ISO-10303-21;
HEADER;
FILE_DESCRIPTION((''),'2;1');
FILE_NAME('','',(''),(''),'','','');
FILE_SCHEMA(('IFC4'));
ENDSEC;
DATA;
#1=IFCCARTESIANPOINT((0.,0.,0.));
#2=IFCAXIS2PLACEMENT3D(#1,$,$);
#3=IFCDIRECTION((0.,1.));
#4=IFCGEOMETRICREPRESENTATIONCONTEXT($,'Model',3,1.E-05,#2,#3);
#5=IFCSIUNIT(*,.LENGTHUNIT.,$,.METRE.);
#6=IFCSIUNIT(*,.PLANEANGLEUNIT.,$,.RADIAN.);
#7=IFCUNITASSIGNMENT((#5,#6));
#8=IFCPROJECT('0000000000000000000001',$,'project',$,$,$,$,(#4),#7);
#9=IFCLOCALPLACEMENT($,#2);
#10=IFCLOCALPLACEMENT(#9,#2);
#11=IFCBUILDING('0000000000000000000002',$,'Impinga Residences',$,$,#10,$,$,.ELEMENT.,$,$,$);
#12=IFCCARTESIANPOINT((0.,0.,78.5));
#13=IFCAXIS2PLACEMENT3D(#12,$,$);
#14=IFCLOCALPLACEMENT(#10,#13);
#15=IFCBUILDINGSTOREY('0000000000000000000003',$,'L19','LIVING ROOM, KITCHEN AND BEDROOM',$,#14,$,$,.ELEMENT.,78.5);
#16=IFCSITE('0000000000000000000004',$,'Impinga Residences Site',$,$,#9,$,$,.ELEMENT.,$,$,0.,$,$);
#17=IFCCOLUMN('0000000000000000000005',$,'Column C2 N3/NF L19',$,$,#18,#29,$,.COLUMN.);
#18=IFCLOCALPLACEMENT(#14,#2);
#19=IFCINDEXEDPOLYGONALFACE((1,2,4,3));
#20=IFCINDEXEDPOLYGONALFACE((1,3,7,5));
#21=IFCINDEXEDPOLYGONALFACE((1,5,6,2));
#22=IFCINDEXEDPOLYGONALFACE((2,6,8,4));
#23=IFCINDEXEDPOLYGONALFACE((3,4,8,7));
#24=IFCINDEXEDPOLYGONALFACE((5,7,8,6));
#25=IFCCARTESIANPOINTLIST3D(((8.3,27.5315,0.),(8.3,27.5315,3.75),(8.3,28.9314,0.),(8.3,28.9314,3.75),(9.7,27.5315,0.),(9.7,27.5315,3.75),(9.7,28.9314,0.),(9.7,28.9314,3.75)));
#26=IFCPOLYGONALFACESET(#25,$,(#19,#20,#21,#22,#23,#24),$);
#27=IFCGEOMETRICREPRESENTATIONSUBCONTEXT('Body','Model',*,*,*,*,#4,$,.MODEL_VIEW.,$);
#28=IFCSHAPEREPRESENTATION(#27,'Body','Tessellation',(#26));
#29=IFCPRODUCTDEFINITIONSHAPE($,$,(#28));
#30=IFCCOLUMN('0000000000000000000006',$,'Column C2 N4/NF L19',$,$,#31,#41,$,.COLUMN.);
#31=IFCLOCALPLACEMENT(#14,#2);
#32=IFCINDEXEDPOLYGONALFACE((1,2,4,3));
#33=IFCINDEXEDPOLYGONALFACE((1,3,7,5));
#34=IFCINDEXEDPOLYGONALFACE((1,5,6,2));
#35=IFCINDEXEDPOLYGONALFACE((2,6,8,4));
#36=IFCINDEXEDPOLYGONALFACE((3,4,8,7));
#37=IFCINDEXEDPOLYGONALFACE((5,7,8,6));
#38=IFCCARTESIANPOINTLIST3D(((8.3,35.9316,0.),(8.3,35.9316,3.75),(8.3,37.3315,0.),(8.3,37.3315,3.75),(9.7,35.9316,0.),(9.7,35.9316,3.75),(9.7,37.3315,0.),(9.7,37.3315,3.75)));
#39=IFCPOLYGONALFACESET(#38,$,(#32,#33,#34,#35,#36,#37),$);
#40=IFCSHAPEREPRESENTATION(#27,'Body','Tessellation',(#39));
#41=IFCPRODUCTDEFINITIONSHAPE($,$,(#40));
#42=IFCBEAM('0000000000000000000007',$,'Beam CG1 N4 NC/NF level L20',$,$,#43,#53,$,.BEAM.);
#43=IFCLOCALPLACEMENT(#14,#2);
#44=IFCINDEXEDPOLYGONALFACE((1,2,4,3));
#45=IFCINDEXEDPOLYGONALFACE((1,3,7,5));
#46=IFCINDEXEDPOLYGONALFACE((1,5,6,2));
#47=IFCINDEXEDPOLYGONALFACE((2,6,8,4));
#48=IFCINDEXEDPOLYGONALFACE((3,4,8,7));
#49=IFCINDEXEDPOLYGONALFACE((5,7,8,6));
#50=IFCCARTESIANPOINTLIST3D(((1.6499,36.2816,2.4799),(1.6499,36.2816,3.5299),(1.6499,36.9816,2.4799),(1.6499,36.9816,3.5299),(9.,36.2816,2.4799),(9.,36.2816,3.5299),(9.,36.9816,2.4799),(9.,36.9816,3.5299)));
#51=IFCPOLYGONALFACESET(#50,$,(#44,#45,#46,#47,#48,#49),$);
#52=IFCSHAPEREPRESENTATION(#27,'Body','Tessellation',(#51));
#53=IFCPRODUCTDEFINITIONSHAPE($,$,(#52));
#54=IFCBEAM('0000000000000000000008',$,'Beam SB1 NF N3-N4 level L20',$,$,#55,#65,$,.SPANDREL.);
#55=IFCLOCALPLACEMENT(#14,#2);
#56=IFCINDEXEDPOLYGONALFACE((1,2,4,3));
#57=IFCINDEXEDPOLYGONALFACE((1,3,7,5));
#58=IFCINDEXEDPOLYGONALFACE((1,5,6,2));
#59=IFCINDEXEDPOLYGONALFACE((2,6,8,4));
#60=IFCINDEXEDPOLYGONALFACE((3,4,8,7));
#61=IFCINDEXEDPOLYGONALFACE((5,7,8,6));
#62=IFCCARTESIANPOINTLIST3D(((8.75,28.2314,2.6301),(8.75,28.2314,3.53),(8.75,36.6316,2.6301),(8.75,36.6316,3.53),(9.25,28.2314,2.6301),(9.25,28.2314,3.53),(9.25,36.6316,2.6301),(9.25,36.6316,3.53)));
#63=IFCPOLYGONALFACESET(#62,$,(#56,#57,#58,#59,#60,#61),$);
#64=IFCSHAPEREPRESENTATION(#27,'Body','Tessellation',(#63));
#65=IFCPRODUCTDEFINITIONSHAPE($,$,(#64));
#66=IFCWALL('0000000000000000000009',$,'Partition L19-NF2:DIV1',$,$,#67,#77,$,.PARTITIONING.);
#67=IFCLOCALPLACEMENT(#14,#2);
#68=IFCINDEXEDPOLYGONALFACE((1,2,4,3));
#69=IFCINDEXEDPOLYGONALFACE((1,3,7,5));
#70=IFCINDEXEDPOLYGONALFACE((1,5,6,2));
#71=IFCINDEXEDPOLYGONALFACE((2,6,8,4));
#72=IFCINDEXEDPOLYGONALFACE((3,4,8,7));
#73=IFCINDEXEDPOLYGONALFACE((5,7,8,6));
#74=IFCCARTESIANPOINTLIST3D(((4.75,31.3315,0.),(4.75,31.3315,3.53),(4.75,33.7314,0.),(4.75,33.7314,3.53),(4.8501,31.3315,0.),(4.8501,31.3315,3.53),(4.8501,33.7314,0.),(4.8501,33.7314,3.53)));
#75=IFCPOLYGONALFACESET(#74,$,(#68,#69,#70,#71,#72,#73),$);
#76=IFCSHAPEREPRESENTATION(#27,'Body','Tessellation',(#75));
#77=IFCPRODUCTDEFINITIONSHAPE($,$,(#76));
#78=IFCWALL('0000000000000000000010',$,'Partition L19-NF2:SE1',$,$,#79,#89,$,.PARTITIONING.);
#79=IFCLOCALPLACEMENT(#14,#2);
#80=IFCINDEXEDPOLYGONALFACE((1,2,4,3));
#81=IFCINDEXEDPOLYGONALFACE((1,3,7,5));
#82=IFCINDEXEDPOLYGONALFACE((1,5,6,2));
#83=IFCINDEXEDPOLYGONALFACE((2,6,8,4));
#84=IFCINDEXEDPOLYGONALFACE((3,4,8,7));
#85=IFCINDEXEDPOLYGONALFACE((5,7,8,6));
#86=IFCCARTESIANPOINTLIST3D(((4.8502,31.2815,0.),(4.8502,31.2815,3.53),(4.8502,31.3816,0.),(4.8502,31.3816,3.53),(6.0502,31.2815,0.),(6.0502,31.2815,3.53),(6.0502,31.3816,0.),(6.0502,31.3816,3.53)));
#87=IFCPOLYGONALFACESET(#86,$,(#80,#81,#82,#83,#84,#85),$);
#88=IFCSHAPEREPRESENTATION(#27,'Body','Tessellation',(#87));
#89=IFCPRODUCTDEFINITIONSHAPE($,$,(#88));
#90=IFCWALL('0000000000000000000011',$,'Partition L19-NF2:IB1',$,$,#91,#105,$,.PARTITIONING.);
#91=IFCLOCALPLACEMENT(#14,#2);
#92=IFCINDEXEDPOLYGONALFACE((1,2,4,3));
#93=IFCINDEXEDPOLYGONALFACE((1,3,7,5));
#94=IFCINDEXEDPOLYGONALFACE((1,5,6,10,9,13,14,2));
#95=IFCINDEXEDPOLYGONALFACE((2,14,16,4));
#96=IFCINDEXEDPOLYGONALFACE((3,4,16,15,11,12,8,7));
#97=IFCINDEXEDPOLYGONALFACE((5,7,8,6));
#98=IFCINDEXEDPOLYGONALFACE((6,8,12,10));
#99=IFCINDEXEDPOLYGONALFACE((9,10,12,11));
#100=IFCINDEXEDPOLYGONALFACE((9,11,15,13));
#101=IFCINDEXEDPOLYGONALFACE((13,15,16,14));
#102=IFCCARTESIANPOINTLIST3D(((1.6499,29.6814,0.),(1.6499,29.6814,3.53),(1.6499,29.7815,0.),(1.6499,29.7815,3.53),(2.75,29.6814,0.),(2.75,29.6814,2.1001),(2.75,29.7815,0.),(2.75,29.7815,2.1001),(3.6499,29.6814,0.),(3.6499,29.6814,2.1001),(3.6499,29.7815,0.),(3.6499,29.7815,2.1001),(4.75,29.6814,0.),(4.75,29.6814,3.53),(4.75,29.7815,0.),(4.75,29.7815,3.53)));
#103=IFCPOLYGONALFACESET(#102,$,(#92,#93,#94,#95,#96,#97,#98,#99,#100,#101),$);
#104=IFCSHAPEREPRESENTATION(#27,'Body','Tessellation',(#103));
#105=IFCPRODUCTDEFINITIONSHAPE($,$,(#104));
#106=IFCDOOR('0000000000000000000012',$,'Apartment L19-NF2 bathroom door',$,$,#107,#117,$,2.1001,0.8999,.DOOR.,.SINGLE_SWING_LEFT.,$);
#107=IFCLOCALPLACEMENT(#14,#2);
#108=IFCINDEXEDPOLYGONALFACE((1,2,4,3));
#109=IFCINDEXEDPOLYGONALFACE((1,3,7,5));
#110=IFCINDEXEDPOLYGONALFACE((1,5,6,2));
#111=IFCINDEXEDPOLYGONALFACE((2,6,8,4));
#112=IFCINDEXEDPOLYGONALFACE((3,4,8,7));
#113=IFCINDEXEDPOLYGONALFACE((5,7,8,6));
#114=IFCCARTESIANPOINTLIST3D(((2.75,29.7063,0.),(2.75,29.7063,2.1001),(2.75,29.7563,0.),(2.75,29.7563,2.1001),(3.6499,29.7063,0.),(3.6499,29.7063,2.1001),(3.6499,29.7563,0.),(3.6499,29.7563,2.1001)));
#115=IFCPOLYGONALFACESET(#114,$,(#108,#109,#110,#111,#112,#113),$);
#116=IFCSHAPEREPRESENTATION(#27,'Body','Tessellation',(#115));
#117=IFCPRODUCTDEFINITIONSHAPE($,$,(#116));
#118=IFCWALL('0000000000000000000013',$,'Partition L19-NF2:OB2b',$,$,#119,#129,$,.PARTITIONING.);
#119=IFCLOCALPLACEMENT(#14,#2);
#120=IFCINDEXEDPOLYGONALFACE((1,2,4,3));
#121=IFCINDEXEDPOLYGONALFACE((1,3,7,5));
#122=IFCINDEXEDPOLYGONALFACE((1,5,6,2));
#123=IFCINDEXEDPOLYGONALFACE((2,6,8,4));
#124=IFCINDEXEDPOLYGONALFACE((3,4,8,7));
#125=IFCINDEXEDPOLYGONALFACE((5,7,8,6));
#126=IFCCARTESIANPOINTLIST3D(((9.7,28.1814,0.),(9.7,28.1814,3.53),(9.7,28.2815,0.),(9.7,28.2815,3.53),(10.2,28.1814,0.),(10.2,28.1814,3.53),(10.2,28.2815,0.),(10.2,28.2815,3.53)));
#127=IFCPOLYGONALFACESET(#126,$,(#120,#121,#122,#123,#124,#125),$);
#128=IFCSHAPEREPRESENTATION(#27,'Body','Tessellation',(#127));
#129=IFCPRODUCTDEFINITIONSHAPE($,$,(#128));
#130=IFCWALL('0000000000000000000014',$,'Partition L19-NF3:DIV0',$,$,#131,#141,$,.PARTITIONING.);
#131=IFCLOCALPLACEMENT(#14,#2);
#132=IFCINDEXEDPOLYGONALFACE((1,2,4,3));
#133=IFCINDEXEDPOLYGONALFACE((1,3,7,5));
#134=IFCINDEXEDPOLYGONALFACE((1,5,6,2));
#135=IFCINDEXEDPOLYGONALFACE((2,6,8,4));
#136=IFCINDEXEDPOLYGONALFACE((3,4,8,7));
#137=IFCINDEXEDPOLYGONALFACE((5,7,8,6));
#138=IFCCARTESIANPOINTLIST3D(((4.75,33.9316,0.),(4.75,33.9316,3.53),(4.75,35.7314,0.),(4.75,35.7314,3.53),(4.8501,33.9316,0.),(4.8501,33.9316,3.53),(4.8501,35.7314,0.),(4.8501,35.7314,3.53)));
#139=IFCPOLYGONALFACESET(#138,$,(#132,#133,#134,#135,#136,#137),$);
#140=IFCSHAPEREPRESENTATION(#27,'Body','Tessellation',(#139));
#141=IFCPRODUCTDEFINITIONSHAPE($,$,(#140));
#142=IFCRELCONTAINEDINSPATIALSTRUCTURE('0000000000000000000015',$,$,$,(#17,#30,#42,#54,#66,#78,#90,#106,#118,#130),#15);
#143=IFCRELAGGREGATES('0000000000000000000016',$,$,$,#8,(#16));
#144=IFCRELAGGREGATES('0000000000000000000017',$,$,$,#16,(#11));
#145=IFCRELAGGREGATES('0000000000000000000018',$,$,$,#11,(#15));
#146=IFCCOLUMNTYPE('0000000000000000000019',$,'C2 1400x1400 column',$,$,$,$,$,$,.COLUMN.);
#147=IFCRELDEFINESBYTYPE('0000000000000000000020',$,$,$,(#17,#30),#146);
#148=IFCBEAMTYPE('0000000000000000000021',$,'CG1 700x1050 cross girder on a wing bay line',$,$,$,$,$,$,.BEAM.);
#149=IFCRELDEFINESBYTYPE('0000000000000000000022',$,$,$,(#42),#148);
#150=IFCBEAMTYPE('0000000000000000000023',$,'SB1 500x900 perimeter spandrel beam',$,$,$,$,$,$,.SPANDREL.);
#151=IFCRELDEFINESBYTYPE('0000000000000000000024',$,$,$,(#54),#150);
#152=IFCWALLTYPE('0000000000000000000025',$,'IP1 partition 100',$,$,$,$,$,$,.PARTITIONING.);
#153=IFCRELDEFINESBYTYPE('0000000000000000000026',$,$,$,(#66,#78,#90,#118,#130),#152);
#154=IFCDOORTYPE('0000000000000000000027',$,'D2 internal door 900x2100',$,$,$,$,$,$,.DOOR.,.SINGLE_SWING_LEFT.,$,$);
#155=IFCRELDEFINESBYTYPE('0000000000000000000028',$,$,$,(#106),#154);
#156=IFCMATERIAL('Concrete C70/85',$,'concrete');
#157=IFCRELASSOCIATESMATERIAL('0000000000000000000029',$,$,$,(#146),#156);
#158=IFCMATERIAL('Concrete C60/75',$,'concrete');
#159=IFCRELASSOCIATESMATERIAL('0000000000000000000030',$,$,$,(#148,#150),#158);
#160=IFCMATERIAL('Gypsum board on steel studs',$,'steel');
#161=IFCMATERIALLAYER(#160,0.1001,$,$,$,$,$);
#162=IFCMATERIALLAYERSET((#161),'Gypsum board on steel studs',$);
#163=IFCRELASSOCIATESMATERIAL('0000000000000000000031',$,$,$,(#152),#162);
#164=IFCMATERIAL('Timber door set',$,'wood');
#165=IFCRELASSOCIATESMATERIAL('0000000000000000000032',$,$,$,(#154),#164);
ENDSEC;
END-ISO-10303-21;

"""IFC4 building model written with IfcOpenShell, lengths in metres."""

from ifc_helpers import new_model, si_unit, direction, frame, frame_2d, origin, origin_2d, place, context, subcontext, project, spatial, rectangle, extrude, material, layer, layer_set, material_profile, profile_set, type_object, element, fill, save


model = new_model("IFC4")

# Units and contexts
model_context = context("Model", 3, precision=1e-05, world=origin(), true_north=direction((0.0, 1.0)))
body_context = subcontext(model_context, "Body", "Model", "MODEL_VIEW")
ifc_project = project(units=[si_unit("LENGTHUNIT", "METRE"), si_unit("PLANEANGLEUNIT", "RADIAN")], contexts=[model_context])

# Site, building, storey
site_placement = place(None, origin())
site = spatial("IfcSite", under=ifc_project, at=site_placement, Name="Impinga Residences Site", CompositionType="ELEMENT", RefElevation=0.0)
building_placement = place(site_placement, origin())
building = spatial("IfcBuilding", under=site, at=building_placement, Name="Impinga Residences", CompositionType="ELEMENT")
storey_placement = place(building_placement, frame((0.0, 0.0, 78.5)))
storey = spatial("IfcBuildingStorey", under=building, at=storey_placement, Name="L19", Description="LIVING ROOM, KITCHEN AND BEDROOM", CompositionType="ELEMENT", Elevation=78.5)

# Columns
ifc_material_1 = material(Name="Concrete C70/85", Category="concrete")
ifc_material_profile_1 = material_profile(ifc_material_1, rectangle(XDim=1.3999, YDim=1.3999, at=origin_2d()), Name="RC 1400x1400")
ifc_profile_set_1 = profile_set([ifc_material_profile_1], Name="Concrete C70/85")
column_type = type_object("IfcColumnType", Name="C2 1400x1400 column", PredefinedType="COLUMN", material=ifc_profile_set_1)
for number, where, z_axis, x_axis, name in (
    (1, (9.0, 28.2314, 0.0), (0.0, 0.0, 1.0), (1.0, 0.0, 0.0), "Column C2 N3/NF L19"),
    (2, (9.0, 36.6316, 0.0), (0.0, 0.0, 1.0), (1.0, 0.0, 0.0), "Column C2 N4/NF L19"),
):
    element("IfcColumn", number, at=place(storey_placement, frame(where, z_axis=z_axis, x_axis=x_axis)), inside=storey, type_object=column_type, Name=name, PredefinedType="COLUMN", context=body_context, shape_type="SweptSolid", body=[
        extrude(rectangle(XDim=1.3999, YDim=1.3999, at=origin_2d()), origin(), (0.0, 0.0, 1.0), 3.75),
    ])

# Beams
ifc_material_2 = material(Name="Concrete C60/75", Category="concrete")
ifc_material_profile_2 = material_profile(ifc_material_2, rectangle(XDim=0.7, YDim=1.05, at=origin_2d()), Name="RC 700x1050")
ifc_profile_set_2 = profile_set([ifc_material_profile_2], Name="Concrete C60/75")
beam_type_1 = type_object("IfcBeamType", Name="CG1 700x1050 cross girder on a wing bay line", PredefinedType="BEAM", material=ifc_profile_set_2)
beam_1_placement = place(storey_placement, frame((1.6499, 36.6316, 3.0049), z_axis=(1.0, 0.0, 0.0), x_axis=(0.0, 1.0, 0.0)))
element("IfcBeam", 3, at=beam_1_placement, inside=storey, type_object=beam_type_1, Name="Beam CG1 N4 NC/NF level L20", PredefinedType="BEAM", context=body_context, shape_type="SweptSolid", body=[
    extrude(rectangle(XDim=0.7, YDim=1.05, at=origin_2d()), origin(), (0.0, 0.0, 1.0), 7.3501),
])
ifc_material_profile_3 = material_profile(ifc_material_2, rectangle(XDim=0.5, YDim=0.8999, at=origin_2d()), Name="RC 500x900")
ifc_profile_set_3 = profile_set([ifc_material_profile_3], Name="Concrete C60/75")
beam_type_2 = type_object("IfcBeamType", Name="SB1 500x900 perimeter spandrel beam", PredefinedType="SPANDREL", material=ifc_profile_set_3)
beam_2_placement = place(storey_placement, frame((9.0, 28.2314, 3.0801), z_axis=(0.0, 1.0, 0.0), x_axis=(-1.0, 0.0, 0.0)))
element("IfcBeam", 4, at=beam_2_placement, inside=storey, type_object=beam_type_2, Name="Beam SB1 NF N3-N4 level L20", PredefinedType="SPANDREL", context=body_context, shape_type="SweptSolid", body=[
    extrude(rectangle(XDim=0.5, YDim=0.8999, at=origin_2d()), origin(), (0.0, 0.0, 1.0), 8.4001),
])

# Walls
ifc_material_3 = material(Name="Gypsum board on steel studs", Category="steel")
ifc_layer_1 = layer(ifc_material_3, 0.1001)
ifc_layer_set_1 = layer_set([ifc_layer_1], Name="Gypsum board on steel studs")
wall_type_1 = type_object("IfcWallType", Name="IP1 partition 100", PredefinedType="PARTITIONING", material=ifc_layer_set_1)
wall_1_placement = place(storey_placement, frame((4.8, 31.3315, 0.0), z_axis=(0.0, 0.0, 1.0), x_axis=(0.0, 1.0, 0.0)))
element("IfcWall", 5, at=wall_1_placement, inside=storey, type_object=wall_type_1, Name="Partition L19-NF2:DIV1", PredefinedType="PARTITIONING", context=body_context, shape_type="SweptSolid", body=[
    extrude(rectangle(XDim=2.3999, YDim=0.1001, at=frame_2d((1.2, 0.0))), origin(), (0.0, 0.0, 1.0), 3.53),
])
wall_2_placement = place(storey_placement, frame((4.8501, 31.3315, 0.0), z_axis=(0.0, 0.0, 1.0), x_axis=(1.0, 0.0, 0.0)))
element("IfcWall", 6, at=wall_2_placement, inside=storey, type_object=wall_type_1, Name="Partition L19-NF2:SE1", PredefinedType="PARTITIONING", context=body_context, shape_type="SweptSolid", body=[
    extrude(rectangle(XDim=1.2, YDim=0.1001, at=frame_2d((0.6001, 0.0))), origin(), (0.0, 0.0, 1.0), 3.53),
])

# Wall, opening, door
wall_3_placement = place(storey_placement, frame((1.6499, 29.7314, 0.0), z_axis=(0.0, 0.0, 1.0), x_axis=(1.0, 0.0, 0.0)))
wall_3 = element("IfcWall", 7, at=wall_3_placement, inside=storey, type_object=wall_type_1, Name="Partition L19-NF2:IB1", PredefinedType="PARTITIONING", context=body_context, shape_type="SweptSolid", body=[
    extrude(rectangle(XDim=3.1001, YDim=0.1001, at=frame_2d((1.55, 0.0))), origin(), (0.0, 0.0, 1.0), 3.53),
])
opening_1_placement = place(wall_3_placement, frame((1.1001, 0.0, 0.0)))
opening_1 = element("IfcOpeningElement", 8, at=opening_1_placement, cuts=wall_3, PredefinedType="OPENING", context=body_context, shape_type="SweptSolid", body=[
    extrude(rectangle(XDim=0.8999, YDim=2.1001, at=frame_2d((0.45, 1.05))), frame((0.0, 0.0601, 0.0), z_axis=(0.0, -1.0, 0.0), x_axis=(1.0, 0.0, 0.0)), (0.0, 0.0, 1.0), 0.1201),
])
ifc_material_4 = material(Name="Timber door set", Category="wood")
door_type = type_object("IfcDoorType", Name="D2 internal door 900x2100", OperationType="SINGLE_SWING_LEFT", PredefinedType="DOOR", material=ifc_material_4)
door_1_placement = place(opening_1_placement, origin())
door_1 = element("IfcDoor", 9, at=door_1_placement, inside=storey, type_object=door_type, Name="Apartment L19-NF2 bathroom door", OperationType="SINGLE_SWING_LEFT", OverallHeight=2.1001, OverallWidth=0.8999, PredefinedType="DOOR", context=body_context, shape_type="SweptSolid", body=[
    extrude(rectangle(XDim=0.8999, YDim=2.1001, at=frame_2d((0.45, 1.05))), frame((0.0, 0.0249, 0.0), z_axis=(0.0, -1.0, 0.0), x_axis=(1.0, 0.0, 0.0)), (0.0, 0.0, 1.0), 0.05),
])
fill(opening_1, door_1)

# Walls
wall_4_placement = place(storey_placement, frame((9.7, 28.2314, 0.0), z_axis=(0.0, 0.0, 1.0), x_axis=(1.0, 0.0, 0.0)))
element("IfcWall", 10, at=wall_4_placement, inside=storey, type_object=wall_type_1, Name="Partition L19-NF2:OB2b", PredefinedType="PARTITIONING", context=body_context, shape_type="SweptSolid", body=[
    extrude(rectangle(XDim=0.5, YDim=0.1001, at=frame_2d((0.25, 0.0))), origin(), (0.0, 0.0, 1.0), 3.53),
])
wall_5_placement = place(storey_placement, frame((4.8, 33.9316, 0.0), z_axis=(0.0, 0.0, 1.0), x_axis=(0.0, 1.0, 0.0)))
element("IfcWall", 11, at=wall_5_placement, inside=storey, type_object=wall_type_1, Name="Partition L19-NF3:DIV0", PredefinedType="PARTITIONING", context=body_context, shape_type="SweptSolid", body=[
    extrude(rectangle(XDim=1.7998, YDim=0.1001, at=frame_2d((0.8999, 0.0))), origin(), (0.0, 0.0, 1.0), 3.53),
])

save(model, "model.ifc")
